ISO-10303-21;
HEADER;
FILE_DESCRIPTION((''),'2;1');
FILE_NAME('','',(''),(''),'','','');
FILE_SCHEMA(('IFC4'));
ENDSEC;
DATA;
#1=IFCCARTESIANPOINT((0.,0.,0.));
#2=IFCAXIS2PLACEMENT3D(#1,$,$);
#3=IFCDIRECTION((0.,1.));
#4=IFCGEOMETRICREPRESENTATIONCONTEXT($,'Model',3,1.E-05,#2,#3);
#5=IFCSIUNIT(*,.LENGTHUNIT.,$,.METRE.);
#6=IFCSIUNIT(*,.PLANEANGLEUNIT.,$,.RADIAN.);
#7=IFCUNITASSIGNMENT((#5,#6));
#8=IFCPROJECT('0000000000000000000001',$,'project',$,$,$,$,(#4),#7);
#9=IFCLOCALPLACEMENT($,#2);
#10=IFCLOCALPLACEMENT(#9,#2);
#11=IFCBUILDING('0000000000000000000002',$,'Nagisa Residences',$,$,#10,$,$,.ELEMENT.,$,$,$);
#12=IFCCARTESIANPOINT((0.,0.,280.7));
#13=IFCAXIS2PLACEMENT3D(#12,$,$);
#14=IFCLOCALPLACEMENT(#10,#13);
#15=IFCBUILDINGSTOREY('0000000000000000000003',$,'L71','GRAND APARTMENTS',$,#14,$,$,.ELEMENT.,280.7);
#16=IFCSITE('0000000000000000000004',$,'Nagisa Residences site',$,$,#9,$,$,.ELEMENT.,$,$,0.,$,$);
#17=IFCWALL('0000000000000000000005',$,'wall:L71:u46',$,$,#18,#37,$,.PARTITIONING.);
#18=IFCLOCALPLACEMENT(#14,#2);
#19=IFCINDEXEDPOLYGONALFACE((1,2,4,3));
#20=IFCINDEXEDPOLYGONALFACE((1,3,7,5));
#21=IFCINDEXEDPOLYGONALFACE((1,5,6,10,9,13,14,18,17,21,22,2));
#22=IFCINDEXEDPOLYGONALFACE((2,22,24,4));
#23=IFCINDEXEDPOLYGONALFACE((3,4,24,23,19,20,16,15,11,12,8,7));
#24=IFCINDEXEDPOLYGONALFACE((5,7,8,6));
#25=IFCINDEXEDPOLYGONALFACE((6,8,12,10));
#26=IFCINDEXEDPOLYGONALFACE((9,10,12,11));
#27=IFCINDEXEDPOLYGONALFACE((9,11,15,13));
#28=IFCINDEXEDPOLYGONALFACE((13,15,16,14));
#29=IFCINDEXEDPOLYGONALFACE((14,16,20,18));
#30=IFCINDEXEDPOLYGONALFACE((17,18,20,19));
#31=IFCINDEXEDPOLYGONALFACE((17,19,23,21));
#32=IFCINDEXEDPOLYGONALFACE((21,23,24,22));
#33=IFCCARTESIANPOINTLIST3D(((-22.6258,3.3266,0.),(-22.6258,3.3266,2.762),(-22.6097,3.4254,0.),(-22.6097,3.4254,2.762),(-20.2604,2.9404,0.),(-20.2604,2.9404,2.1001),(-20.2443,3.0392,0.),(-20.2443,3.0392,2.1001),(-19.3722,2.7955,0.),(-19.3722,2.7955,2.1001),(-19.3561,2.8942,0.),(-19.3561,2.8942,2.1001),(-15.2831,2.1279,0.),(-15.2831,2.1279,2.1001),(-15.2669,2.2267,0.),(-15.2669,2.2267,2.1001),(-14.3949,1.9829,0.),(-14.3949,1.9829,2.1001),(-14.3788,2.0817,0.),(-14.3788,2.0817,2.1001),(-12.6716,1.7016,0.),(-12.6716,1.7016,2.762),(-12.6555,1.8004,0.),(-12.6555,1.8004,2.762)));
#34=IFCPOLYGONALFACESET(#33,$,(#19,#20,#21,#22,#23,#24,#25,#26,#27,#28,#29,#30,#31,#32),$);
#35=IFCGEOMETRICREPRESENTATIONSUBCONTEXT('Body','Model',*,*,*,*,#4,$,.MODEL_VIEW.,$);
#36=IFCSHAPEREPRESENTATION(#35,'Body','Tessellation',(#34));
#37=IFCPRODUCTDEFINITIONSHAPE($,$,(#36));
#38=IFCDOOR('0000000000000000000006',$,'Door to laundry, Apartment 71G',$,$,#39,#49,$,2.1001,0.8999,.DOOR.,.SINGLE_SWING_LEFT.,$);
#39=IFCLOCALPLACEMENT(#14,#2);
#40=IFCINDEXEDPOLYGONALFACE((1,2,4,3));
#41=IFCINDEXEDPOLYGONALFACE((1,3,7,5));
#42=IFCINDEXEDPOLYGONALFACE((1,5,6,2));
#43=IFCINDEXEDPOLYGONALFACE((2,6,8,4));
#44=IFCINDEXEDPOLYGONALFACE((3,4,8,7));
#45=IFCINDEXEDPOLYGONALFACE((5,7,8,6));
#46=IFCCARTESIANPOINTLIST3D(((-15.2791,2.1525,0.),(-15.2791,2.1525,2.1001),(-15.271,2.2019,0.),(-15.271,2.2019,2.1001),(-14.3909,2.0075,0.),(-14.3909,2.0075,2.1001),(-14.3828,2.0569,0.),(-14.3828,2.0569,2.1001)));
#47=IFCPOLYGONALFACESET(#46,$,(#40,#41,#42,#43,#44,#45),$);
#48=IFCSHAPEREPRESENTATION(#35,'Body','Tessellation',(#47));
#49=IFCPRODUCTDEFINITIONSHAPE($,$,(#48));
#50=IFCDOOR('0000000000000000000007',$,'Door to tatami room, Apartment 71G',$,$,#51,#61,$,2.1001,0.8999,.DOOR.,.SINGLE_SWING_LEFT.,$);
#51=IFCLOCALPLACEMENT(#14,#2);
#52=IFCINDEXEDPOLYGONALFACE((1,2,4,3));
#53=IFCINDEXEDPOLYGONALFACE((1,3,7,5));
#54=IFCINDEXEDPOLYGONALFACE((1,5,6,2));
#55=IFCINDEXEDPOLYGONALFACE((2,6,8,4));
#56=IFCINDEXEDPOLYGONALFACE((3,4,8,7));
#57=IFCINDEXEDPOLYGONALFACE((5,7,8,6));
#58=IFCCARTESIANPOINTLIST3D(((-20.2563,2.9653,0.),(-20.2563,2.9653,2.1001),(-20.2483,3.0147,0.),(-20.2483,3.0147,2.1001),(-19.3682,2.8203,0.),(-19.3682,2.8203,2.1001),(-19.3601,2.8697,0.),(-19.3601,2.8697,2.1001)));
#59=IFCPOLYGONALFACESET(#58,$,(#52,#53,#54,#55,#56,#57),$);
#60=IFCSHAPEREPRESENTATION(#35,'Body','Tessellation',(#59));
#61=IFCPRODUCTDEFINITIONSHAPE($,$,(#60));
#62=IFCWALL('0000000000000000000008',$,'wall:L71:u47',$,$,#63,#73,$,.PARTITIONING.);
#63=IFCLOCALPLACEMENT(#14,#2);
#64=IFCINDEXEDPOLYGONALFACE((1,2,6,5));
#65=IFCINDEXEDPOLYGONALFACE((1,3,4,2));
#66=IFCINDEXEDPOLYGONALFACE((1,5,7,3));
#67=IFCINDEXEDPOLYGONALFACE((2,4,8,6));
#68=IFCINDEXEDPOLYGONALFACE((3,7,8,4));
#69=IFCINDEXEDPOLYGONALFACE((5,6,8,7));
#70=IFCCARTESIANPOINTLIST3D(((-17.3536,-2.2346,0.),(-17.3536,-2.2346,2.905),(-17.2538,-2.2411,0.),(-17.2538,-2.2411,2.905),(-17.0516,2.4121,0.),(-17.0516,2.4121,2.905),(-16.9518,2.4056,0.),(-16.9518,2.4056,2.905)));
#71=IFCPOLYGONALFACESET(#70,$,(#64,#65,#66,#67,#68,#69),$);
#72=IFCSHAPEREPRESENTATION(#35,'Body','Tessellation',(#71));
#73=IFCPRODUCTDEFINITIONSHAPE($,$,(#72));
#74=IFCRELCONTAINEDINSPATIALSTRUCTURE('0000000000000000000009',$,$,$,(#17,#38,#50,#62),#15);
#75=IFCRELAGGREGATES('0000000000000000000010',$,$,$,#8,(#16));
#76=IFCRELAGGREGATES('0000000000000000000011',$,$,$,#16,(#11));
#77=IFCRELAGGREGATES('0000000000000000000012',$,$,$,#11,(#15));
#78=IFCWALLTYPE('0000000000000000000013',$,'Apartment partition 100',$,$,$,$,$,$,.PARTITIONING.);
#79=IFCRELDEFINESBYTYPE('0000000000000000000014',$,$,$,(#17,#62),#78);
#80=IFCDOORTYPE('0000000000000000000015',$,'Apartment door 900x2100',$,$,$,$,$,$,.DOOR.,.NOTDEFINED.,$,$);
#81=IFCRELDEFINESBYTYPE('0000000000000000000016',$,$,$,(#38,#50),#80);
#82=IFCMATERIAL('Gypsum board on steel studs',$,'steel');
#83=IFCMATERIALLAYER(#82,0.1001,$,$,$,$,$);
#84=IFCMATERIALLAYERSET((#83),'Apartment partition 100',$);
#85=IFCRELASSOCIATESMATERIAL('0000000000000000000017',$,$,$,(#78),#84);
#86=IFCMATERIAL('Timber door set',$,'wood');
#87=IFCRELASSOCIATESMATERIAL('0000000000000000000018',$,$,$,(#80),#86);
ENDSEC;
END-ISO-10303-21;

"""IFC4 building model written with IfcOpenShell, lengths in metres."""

from ifc_helpers import new_model, si_unit, direction, frame, frame_2d, origin, place, context, subcontext, project, spatial, rectangle, extrude, material, layer, layer_set, type_object, element, fill, save


model = new_model("IFC4")

# Units and contexts
model_context = context("Model", 3, precision=1e-05, world=origin(), true_north=direction((0.0, 1.0)))
body_context = subcontext(model_context, "Body", "Model", "MODEL_VIEW")
ifc_project = project(units=[si_unit("LENGTHUNIT", "METRE"), si_unit("PLANEANGLEUNIT", "RADIAN")], contexts=[model_context])

# Site, building, storey
site_placement = place(None, origin())
site = spatial("IfcSite", under=ifc_project, at=site_placement, Name="Nagisa Residences site", CompositionType="ELEMENT", RefElevation=0.0)
building_placement = place(site_placement, origin())
building = spatial("IfcBuilding", under=site, at=building_placement, Name="Nagisa Residences", CompositionType="ELEMENT")
storey_placement = place(building_placement, frame((0.0, 0.0, 280.7)))
storey = spatial("IfcBuildingStorey", under=building, at=storey_placement, Name="L71", Description="GRAND APARTMENTS", CompositionType="ELEMENT", Elevation=280.7)

# Shared definitions
ifc_material_1 = material(Name="Gypsum board on steel studs", Category="steel")
ifc_layer_1 = layer(ifc_material_1, 0.1001)
ifc_layer_set_1 = layer_set([ifc_layer_1], Name="Apartment partition 100")
wall_type_1 = type_object("IfcWallType", Name="Apartment partition 100", PredefinedType="PARTITIONING", material=ifc_layer_set_1)

# Shared definitions
ifc_material_2 = material(Name="Timber door set", Category="wood")
door_type_1 = type_object("IfcDoorType", Name="Apartment door 900x2100", OperationType="NOTDEFINED", PredefinedType="DOOR", material=ifc_material_2)

# Wall, openings, doors
wall_1_placement = place(storey_placement, frame((-12.6636, 1.751, 0.0), z_axis=(0.0, 0.0, 1.0), x_axis=(-0.986935, 0.161117, 0.0)))
wall_1 = element("IfcWall", 1, at=wall_1_placement, inside=storey, type_object=wall_type_1, Name="wall:L71:u46", PredefinedType="PARTITIONING", context=body_context, shape_type="SweptSolid", body=[
    extrude(rectangle(XDim=10.0859, YDim=0.1001, at=frame_2d((5.043, 0.0))), origin(), (0.0, 0.0, 1.0), 2.762),
])
opening_1_placement = place(wall_1_placement, frame((1.7461, 0.0, 0.0)))
opening_1 = element("IfcOpeningElement", 2, at=opening_1_placement, cuts=wall_1, PredefinedType="OPENING", context=body_context, shape_type="SweptSolid", body=[
    extrude(rectangle(XDim=0.8999, YDim=2.1001, at=frame_2d((0.45, 1.05))), frame((0.0, 0.0601, 0.0), z_axis=(0.0, -1.0, 0.0), x_axis=(1.0, 0.0, 0.0)), (0.0, 0.0, 1.0), 0.1201),
])
opening_2_placement = place(wall_1_placement, frame((6.7893, 0.0, 0.0)))
opening_2 = element("IfcOpeningElement", 3, at=opening_2_placement, cuts=wall_1, PredefinedType="OPENING", context=body_context, shape_type="SweptSolid", body=[
    extrude(rectangle(XDim=0.8999, YDim=2.1001, at=frame_2d((0.45, 1.05))), frame((0.0, 0.0601, 0.0), z_axis=(0.0, -1.0, 0.0), x_axis=(1.0, 0.0, 0.0)), (0.0, 0.0, 1.0), 0.1201),
])
door_1_placement = place(opening_1_placement, frame((0.8999, 0.0, 0.0), x_axis=(-1.0, 0.0, 0.0)))
door_1 = element("IfcDoor", 4, at=door_1_placement, inside=storey, type_object=door_type_1, Name="Door to laundry, Apartment 71G", OperationType="SINGLE_SWING_LEFT", OverallHeight=2.1001, OverallWidth=0.8999, PredefinedType="DOOR", context=body_context, shape_type="SweptSolid", body=[
    extrude(rectangle(XDim=0.8999, YDim=2.1001, at=frame_2d((0.45, 1.05))), frame((0.0, 0.0249, 0.0), z_axis=(0.0, -1.0, 0.0), x_axis=(1.0, 0.0, 0.0)), (0.0, 0.0, 1.0), 0.05),
])
fill(opening_1, door_1)
door_2_placement = place(opening_2_placement, origin())
door_2 = element("IfcDoor", 5, at=door_2_placement, inside=storey, type_object=door_type_1, Name="Door to tatami room, Apartment 71G", OperationType="SINGLE_SWING_LEFT", OverallHeight=2.1001, OverallWidth=0.8999, PredefinedType="DOOR", context=body_context, shape_type="SweptSolid", body=[
    extrude(rectangle(XDim=0.8999, YDim=2.1001, at=frame_2d((0.45, 1.05))), frame((0.0, 0.0249, 0.0), z_axis=(0.0, -1.0, 0.0), x_axis=(1.0, 0.0, 0.0)), (0.0, 0.0, 1.0), 0.05),
])
fill(opening_2, door_2)

# Wall
wall_2_placement = place(storey_placement, frame((-17.0017, 2.4087, 0.0), z_axis=(0.0, 0.0, 1.0), x_axis=(-0.064856, -0.997895, 0.0)))
element("IfcWall", 6, at=wall_2_placement, inside=storey, type_object=wall_type_1, Name="wall:L71:u47", PredefinedType="PARTITIONING", context=body_context, shape_type="SweptSolid", body=[
    extrude(rectangle(XDim=4.6565, YDim=0.1001, at=frame_2d((2.3281, 0.0))), origin(), (0.0, 0.0, 1.0), 2.905),
])

save(model, "model.ifc")
